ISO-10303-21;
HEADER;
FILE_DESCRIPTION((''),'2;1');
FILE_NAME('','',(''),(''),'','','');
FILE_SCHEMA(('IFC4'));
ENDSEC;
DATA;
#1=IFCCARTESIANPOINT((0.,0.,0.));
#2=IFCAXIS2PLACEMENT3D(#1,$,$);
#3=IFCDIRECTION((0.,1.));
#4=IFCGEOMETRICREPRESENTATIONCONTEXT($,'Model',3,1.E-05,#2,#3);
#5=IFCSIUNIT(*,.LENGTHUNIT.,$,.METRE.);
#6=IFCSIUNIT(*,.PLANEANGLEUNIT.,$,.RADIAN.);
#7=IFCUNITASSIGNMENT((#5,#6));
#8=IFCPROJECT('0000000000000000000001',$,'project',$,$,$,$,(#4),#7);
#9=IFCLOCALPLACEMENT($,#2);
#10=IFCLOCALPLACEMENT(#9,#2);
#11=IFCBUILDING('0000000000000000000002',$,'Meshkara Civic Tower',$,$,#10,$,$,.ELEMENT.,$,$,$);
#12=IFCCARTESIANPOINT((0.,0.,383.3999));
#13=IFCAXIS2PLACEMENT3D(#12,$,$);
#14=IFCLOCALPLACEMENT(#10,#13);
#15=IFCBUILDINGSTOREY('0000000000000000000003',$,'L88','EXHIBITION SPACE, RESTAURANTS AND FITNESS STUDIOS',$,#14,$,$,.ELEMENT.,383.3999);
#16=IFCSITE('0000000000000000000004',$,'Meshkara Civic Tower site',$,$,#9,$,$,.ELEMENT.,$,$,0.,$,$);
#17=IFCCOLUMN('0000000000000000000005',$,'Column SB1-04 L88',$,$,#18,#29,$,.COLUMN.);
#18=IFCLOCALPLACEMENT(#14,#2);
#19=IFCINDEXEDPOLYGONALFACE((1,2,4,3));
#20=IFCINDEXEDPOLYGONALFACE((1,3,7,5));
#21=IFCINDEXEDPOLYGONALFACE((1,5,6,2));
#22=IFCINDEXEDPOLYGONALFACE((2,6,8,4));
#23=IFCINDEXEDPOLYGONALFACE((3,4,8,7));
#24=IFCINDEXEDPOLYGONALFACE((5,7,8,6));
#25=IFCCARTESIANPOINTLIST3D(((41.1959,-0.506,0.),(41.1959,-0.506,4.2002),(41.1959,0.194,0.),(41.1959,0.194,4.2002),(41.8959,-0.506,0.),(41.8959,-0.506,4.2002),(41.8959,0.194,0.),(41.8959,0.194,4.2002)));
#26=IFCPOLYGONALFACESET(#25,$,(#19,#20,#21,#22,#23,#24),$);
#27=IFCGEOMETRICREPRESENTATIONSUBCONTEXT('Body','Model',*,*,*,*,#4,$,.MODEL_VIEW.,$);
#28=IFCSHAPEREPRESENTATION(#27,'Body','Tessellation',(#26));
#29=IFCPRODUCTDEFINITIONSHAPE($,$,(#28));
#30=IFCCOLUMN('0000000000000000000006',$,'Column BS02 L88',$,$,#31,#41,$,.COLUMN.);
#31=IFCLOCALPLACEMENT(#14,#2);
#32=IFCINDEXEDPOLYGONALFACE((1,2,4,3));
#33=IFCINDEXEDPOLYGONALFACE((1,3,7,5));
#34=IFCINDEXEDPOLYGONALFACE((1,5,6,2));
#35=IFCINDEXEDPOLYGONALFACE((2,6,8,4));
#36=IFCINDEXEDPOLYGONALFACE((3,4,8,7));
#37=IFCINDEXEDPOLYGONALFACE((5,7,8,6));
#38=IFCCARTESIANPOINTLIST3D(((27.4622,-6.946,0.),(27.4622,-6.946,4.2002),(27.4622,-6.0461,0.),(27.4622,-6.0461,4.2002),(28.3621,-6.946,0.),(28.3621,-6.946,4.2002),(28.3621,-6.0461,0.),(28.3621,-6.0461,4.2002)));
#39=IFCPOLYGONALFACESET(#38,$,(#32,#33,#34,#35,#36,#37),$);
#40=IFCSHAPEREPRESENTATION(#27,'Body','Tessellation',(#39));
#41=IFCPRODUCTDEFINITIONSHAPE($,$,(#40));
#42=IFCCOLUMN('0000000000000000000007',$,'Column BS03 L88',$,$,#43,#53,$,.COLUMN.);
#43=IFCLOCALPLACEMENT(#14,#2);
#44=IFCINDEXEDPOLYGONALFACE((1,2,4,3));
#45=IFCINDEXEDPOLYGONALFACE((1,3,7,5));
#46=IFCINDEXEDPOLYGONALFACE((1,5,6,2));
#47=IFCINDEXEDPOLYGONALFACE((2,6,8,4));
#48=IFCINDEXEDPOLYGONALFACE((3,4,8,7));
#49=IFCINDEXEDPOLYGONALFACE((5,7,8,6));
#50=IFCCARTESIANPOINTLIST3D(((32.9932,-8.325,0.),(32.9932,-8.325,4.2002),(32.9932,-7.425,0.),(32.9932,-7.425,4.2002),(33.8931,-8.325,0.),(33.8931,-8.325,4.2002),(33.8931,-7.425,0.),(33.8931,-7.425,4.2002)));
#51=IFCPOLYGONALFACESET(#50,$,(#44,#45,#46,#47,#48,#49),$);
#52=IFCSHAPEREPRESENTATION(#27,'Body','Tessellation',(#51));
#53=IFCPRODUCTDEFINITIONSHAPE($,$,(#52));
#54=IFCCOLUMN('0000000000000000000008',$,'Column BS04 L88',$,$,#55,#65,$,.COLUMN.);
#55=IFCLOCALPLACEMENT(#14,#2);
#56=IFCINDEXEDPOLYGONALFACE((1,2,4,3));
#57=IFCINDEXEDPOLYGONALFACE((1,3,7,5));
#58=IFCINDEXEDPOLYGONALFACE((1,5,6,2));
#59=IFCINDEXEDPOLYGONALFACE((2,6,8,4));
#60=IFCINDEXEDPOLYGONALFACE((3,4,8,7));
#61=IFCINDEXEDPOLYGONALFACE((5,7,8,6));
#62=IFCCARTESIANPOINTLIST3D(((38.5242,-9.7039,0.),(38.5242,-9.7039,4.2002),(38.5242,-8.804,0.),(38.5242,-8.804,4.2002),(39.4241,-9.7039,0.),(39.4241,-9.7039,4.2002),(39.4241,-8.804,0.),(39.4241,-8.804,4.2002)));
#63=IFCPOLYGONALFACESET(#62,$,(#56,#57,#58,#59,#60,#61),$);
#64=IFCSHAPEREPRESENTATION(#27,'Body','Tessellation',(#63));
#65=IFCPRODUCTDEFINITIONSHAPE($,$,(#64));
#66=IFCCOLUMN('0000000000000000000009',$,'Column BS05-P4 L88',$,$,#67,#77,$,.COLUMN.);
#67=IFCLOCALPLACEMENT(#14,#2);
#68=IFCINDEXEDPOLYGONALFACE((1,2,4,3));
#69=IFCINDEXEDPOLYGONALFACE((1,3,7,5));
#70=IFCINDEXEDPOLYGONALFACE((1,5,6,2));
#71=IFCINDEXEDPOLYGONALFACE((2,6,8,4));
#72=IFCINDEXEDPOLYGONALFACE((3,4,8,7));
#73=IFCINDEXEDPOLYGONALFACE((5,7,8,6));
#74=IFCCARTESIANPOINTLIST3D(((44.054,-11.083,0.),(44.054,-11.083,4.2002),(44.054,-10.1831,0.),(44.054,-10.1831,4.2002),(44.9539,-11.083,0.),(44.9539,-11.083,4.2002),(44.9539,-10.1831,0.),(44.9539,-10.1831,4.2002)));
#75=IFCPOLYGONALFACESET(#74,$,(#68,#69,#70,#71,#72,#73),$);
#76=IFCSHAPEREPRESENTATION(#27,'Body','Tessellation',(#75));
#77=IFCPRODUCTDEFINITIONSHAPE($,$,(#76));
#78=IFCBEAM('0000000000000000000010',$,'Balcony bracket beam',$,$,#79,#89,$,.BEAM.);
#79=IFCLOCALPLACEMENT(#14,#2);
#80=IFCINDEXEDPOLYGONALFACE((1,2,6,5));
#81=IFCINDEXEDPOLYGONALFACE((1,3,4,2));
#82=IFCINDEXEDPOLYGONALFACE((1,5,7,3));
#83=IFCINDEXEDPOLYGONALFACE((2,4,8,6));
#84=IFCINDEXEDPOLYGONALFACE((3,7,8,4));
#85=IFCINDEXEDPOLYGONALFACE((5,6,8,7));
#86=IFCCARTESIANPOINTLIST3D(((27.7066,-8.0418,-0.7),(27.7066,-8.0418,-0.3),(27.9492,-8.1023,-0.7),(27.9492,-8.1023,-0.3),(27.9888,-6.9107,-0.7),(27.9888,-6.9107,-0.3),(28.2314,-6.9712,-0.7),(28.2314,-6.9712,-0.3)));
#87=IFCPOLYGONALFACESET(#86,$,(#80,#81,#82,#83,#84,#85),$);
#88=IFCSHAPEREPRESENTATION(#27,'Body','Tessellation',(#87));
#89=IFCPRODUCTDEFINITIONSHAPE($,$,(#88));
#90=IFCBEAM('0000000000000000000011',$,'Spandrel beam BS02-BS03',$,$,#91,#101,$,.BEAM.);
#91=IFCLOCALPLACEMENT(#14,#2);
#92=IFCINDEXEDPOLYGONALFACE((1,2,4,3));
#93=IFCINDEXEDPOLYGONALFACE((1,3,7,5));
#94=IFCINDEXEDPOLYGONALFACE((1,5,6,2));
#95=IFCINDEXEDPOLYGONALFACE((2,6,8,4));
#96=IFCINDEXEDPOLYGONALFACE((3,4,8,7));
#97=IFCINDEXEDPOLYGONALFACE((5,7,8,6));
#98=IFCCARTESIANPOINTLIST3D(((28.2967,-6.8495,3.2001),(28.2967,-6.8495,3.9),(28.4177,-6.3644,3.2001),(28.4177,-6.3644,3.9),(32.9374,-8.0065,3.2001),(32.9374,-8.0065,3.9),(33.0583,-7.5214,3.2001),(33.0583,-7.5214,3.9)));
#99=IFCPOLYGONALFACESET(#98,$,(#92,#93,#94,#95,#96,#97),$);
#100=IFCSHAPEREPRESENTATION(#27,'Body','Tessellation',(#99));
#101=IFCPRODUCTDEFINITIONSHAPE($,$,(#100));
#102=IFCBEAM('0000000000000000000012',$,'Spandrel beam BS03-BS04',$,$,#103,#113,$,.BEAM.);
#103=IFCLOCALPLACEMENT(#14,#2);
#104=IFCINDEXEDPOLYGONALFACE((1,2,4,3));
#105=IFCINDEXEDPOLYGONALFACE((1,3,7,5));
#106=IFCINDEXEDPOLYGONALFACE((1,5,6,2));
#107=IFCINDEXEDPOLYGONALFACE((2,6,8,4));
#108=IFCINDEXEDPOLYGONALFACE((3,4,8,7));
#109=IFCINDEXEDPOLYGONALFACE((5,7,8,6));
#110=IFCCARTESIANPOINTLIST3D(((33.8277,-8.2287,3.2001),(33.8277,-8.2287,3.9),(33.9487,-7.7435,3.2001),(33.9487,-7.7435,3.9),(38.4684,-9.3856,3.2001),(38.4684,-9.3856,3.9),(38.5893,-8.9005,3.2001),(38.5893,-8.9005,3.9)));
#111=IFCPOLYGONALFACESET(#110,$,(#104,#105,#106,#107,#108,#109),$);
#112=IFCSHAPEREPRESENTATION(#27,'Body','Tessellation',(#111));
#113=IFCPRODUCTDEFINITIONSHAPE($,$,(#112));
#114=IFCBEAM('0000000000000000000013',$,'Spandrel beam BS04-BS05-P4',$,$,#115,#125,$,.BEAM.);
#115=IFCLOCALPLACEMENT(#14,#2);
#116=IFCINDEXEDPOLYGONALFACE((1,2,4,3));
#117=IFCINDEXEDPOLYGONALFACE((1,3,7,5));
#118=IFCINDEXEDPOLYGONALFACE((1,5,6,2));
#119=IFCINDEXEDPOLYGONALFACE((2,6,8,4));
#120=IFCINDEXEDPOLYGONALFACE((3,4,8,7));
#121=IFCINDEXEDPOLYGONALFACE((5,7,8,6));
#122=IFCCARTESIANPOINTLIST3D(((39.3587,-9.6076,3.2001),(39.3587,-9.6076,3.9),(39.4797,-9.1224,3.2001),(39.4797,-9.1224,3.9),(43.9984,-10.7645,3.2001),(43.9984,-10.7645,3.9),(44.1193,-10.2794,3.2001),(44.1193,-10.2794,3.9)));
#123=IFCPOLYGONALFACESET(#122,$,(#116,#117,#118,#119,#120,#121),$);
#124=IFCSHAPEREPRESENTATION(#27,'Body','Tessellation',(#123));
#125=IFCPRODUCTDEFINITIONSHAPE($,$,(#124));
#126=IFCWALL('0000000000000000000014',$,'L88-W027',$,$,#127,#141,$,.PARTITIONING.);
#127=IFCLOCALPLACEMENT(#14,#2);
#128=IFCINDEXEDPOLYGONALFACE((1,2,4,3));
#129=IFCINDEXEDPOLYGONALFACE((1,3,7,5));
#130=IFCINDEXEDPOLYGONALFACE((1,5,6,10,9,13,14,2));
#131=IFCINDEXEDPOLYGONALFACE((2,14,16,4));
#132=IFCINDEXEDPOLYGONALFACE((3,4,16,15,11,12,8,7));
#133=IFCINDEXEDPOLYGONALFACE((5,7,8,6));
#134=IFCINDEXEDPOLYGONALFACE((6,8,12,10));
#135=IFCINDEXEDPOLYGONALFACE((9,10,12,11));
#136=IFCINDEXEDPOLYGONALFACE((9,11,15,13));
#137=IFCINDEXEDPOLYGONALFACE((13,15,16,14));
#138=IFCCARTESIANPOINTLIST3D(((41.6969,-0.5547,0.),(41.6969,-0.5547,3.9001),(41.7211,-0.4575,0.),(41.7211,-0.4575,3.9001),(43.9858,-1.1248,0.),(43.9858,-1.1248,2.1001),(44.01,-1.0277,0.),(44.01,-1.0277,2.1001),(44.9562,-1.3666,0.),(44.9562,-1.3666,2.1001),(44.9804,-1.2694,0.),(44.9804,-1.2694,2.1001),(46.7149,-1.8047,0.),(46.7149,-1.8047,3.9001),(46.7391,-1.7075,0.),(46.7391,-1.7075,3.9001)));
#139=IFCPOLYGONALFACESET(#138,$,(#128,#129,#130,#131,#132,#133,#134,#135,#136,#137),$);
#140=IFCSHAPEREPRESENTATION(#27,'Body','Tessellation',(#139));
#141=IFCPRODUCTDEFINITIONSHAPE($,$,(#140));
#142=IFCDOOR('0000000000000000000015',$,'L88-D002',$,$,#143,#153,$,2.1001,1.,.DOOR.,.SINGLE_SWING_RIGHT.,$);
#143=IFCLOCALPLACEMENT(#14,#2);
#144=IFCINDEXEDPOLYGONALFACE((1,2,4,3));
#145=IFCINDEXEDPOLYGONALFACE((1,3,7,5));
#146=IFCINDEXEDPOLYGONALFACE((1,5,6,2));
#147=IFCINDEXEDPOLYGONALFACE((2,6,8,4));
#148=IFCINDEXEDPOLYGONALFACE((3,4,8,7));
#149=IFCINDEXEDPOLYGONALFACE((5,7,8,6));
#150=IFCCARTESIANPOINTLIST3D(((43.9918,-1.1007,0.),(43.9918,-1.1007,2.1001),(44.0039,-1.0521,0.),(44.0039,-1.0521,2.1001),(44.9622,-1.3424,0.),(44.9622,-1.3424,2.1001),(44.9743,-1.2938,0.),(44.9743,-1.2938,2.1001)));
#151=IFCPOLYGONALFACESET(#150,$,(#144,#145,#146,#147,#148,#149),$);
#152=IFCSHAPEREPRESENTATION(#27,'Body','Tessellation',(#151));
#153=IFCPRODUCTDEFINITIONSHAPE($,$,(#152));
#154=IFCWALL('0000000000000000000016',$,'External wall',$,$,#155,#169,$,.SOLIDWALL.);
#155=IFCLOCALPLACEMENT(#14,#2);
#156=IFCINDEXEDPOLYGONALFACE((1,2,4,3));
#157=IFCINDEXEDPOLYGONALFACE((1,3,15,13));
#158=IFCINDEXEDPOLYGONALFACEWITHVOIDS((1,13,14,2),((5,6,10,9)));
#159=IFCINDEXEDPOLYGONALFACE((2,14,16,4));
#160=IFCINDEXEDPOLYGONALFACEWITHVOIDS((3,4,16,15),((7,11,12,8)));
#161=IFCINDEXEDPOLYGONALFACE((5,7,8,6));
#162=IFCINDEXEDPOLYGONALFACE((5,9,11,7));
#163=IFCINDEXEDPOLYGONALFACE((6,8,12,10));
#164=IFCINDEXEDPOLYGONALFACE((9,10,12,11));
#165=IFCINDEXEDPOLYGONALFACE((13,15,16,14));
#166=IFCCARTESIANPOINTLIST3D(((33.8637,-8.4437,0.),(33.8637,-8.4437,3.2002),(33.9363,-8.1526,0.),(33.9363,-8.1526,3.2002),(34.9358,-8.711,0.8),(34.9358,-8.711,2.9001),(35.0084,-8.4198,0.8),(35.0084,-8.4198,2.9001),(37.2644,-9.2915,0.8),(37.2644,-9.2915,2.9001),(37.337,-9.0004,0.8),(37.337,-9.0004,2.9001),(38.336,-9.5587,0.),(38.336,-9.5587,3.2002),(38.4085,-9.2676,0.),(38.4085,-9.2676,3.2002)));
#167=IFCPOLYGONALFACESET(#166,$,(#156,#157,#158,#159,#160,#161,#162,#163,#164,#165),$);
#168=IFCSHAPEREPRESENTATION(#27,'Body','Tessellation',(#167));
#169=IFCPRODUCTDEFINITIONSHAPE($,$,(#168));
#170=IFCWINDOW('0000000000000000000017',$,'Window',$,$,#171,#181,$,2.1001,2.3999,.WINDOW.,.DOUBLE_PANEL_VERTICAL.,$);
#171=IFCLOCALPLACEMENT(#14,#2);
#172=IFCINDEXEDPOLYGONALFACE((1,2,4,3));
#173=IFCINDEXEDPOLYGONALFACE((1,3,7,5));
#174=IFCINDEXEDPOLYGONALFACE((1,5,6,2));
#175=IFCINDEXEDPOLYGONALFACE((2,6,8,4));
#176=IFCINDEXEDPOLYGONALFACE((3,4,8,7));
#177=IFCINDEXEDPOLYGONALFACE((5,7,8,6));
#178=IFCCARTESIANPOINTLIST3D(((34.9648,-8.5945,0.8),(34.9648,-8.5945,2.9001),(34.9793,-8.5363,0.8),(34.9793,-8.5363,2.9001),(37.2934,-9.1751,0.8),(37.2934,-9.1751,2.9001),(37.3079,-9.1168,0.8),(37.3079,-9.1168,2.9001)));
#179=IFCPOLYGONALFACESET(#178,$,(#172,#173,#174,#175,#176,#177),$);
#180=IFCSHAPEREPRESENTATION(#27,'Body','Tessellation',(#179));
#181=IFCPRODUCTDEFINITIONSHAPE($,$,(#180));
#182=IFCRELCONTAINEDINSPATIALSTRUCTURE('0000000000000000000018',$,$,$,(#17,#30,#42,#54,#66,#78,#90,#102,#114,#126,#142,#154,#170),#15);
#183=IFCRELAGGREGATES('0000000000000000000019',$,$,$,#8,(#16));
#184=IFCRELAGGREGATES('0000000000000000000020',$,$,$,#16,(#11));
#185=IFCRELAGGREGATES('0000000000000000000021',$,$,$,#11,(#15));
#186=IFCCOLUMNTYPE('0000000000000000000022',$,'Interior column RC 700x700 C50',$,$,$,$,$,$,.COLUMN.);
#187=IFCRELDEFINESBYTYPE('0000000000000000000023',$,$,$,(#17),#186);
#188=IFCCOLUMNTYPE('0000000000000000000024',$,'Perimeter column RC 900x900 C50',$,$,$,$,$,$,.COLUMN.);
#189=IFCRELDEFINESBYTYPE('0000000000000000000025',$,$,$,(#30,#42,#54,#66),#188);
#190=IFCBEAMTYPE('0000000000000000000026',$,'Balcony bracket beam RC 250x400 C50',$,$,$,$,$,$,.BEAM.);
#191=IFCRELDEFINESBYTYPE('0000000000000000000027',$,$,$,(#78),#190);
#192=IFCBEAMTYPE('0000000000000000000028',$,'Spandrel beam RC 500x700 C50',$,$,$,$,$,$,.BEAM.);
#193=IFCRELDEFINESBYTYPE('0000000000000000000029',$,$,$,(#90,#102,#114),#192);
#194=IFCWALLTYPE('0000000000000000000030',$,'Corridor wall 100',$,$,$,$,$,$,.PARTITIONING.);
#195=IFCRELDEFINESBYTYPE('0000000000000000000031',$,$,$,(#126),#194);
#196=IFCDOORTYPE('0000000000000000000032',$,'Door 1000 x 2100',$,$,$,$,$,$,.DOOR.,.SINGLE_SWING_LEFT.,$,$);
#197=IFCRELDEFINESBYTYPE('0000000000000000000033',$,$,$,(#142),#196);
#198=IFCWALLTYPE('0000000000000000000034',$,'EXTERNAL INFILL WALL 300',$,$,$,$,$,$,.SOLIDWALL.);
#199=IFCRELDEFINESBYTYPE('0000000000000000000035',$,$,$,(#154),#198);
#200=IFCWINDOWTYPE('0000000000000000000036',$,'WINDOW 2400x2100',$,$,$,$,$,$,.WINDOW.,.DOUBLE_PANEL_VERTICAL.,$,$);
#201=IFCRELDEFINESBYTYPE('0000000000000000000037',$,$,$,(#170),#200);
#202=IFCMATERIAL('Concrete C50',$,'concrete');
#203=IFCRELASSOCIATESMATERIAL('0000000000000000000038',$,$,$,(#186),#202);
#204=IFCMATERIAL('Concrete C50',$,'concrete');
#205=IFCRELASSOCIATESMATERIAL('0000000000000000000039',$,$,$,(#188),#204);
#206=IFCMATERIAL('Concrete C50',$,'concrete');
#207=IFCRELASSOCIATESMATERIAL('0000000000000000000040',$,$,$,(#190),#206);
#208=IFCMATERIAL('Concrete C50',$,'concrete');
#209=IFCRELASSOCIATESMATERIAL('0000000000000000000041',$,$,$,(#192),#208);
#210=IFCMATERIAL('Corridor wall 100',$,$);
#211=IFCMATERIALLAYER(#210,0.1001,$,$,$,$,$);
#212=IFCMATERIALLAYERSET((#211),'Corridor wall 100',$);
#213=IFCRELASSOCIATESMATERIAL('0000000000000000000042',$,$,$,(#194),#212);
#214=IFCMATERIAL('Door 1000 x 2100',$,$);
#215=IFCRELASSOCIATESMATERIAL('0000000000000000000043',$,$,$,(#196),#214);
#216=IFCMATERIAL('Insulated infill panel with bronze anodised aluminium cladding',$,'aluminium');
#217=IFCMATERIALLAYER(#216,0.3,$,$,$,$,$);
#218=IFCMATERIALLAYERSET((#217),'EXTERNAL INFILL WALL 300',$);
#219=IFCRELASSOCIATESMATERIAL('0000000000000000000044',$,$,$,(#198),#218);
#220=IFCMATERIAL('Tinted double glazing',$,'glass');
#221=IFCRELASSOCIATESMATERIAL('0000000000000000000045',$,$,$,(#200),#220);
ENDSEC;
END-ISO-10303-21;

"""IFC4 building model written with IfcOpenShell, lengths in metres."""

from ifc_helpers import new_model, si_unit, direction, frame, frame_2d, origin, origin_2d, place, context, subcontext, project, spatial, rectangle, extrude, material, layer, layer_set, material_profile, profile_set, type_object, element, fill, save


model = new_model("IFC4")

# Units and contexts
model_context = context("Model", 3, precision=1e-05, world=origin(), true_north=direction((0.0, 1.0)))
body_context = subcontext(model_context, "Body", "Model", "MODEL_VIEW")
ifc_project = project(units=[si_unit("LENGTHUNIT", "METRE"), si_unit("PLANEANGLEUNIT", "RADIAN")], contexts=[model_context])

# Site, building, storey
site_placement = place(None, origin())
site = spatial("IfcSite", under=ifc_project, at=site_placement, Name="Meshkara Civic Tower site", CompositionType="ELEMENT", RefElevation=0.0)
building_placement = place(site_placement, origin())
building = spatial("IfcBuilding", under=site, at=building_placement, Name="Meshkara Civic Tower", CompositionType="ELEMENT")
storey_placement = place(building_placement, frame((0.0, 0.0, 383.3999)))
storey = spatial("IfcBuildingStorey", under=building, at=storey_placement, Name="L88", Description="EXHIBITION SPACE, RESTAURANTS AND FITNESS STUDIOS", CompositionType="ELEMENT", Elevation=383.3999)

# Columns
ifc_material_1 = material(Name="Concrete C50", Category="concrete")
ifc_material_profile_1 = material_profile(ifc_material_1, rectangle(XDim=0.7, YDim=0.7, at=origin_2d()))
ifc_profile_set_1 = profile_set([ifc_material_profile_1], Name="Concrete C50")
column_type_1 = type_object("IfcColumnType", Name="Interior column RC 700x700 C50", PredefinedType="COLUMN", material=ifc_profile_set_1)
column_placement = place(storey_placement, frame((41.5459, -0.156, 0.0), z_axis=(0.0, 0.0, 1.0), x_axis=(1.0, 0.0, 0.0)))
element("IfcColumn", 1, at=column_placement, inside=storey, type_object=column_type_1, Name="Column SB1-04 L88", PredefinedType="COLUMN", context=body_context, shape_type="SweptSolid", body=[
    extrude(rectangle(XDim=0.7, YDim=0.7, at=origin_2d()), origin(), (0.0, 0.0, 1.0), 4.2002),
])
ifc_material_2 = material(Name="Concrete C50", Category="concrete")
ifc_material_profile_2 = material_profile(ifc_material_2, rectangle(XDim=0.8999, YDim=0.8999, at=origin_2d()))
ifc_profile_set_2 = profile_set([ifc_material_profile_2], Name="Concrete C50")
column_type_2 = type_object("IfcColumnType", Name="Perimeter column RC 900x900 C50", PredefinedType="COLUMN", material=ifc_profile_set_2)
for number, where, z_axis, x_axis, name in (
    (2, (27.9121, -6.4961, 0.0), (0.0, 0.0, 1.0), (1.0, 0.0, 0.0), "Column BS02 L88"),
    (3, (33.4431, -7.875, 0.0), (0.0, 0.0, 1.0), (1.0, 0.0, 0.0), "Column BS03 L88"),
    (4, (38.9741, -9.2539, 0.0), (0.0, 0.0, 1.0), (1.0, 0.0, 0.0), "Column BS04 L88"),
    (5, (44.5039, -10.6331, 0.0), (0.0, 0.0, 1.0), (1.0, 0.0, 0.0), "Column BS05-P4 L88"),
):
    element("IfcColumn", number, at=place(storey_placement, frame(where, z_axis=z_axis, x_axis=x_axis)), inside=storey, type_object=column_type_2, Name=name, PredefinedType="COLUMN", context=body_context, shape_type="SweptSolid", body=[
        extrude(rectangle(XDim=0.8999, YDim=0.8999, at=origin_2d()), origin(), (0.0, 0.0, 1.0), 4.2002),
    ])

# Beams
ifc_material_3 = material(Name="Concrete C50", Category="concrete")
ifc_material_profile_3 = material_profile(ifc_material_3, rectangle(XDim=0.25, YDim=0.3999, at=origin_2d()))
ifc_profile_set_3 = profile_set([ifc_material_profile_3], Name="Concrete C50")
beam_type_1 = type_object("IfcBeamType", Name="Balcony bracket beam RC 250x400 C50", PredefinedType="BEAM", material=ifc_profile_set_3)
beam_1_placement = place(storey_placement, frame((28.1101, -6.9409, -0.5), z_axis=(-0.242092, -0.970253, 0.0), x_axis=(0.970253, -0.242092, 0.0)))
element("IfcBeam", 6, at=beam_1_placement, inside=storey, type_object=beam_type_1, Name="Balcony bracket beam", PredefinedType="BEAM", context=body_context, shape_type="SweptSolid", body=[
    extrude(rectangle(XDim=0.25, YDim=0.3999, at=origin_2d()), origin(), (0.0, 0.0, 1.0), 1.1658),
])
ifc_material_4 = material(Name="Concrete C50", Category="concrete")
ifc_material_profile_4 = material_profile(ifc_material_4, rectangle(XDim=0.5, YDim=0.7, at=origin_2d()))
ifc_profile_set_4 = profile_set([ifc_material_profile_4], Name="Concrete C50")
beam_type_2 = type_object("IfcBeamType", Name="Spandrel beam RC 500x700 C50", PredefinedType="BEAM", material=ifc_profile_set_4)
for number, where, z_axis, x_axis, name in (
    (7, (28.3572, -6.6069, 3.55), (0.970298, -0.241911, 0.0), (0.241911, 0.970298, 0.0), "Spandrel beam BS02-BS03"),
    (8, (33.8882, -7.9861, 3.55), (0.970298, -0.241911, 0.0), (0.241911, 0.970298, 0.0), "Spandrel beam BS03-BS04"),
):
    element("IfcBeam", number, at=place(storey_placement, frame(where, z_axis=z_axis, x_axis=x_axis)), inside=storey, type_object=beam_type_2, Name=name, PredefinedType="BEAM", context=body_context, shape_type="SweptSolid", body=[
        extrude(rectangle(XDim=0.5, YDim=0.7, at=origin_2d()), origin(), (0.0, 0.0, 1.0), 4.7827),
    ])
beam_2_placement = place(storey_placement, frame((39.4192, -9.365, 3.55), z_axis=(0.970286, -0.241959, 0.0), x_axis=(0.241959, 0.970286, 0.0)))
element("IfcBeam", 9, at=beam_2_placement, inside=storey, type_object=beam_type_2, Name="Spandrel beam BS04-BS05-P4", PredefinedType="BEAM", context=body_context, shape_type="SweptSolid", body=[
    extrude(rectangle(XDim=0.5, YDim=0.7, at=origin_2d()), origin(), (0.0, 0.0, 1.0), 4.7817),
])

# Wall, opening, door
ifc_material_5 = material(Name="Corridor wall 100")
ifc_layer_1 = layer(ifc_material_5, 0.1001)
ifc_layer_set_1 = layer_set([ifc_layer_1], Name="Corridor wall 100")
wall_type_1 = type_object("IfcWallType", Name="Corridor wall 100", PredefinedType="PARTITIONING", material=ifc_layer_set_1)
wall_1_placement = place(storey_placement, frame((41.709, -0.5061, 0.0), z_axis=(0.0, 0.0, 1.0), x_axis=(0.970348, -0.241714, 0.0)))
wall_1 = element("IfcWall", 10, at=wall_1_placement, inside=storey, type_object=wall_type_1, Name="L88-W027", PredefinedType="PARTITIONING", context=body_context, shape_type="SweptSolid", body=[
    extrude(rectangle(XDim=5.1714, YDim=0.1001, at=frame_2d((2.5857, 0.0))), origin(), (0.0, 0.0, 1.0), 3.9001),
])
opening_1_placement = place(wall_1_placement, frame((2.3589, 0.0, 0.0)))
opening_1 = element("IfcOpeningElement", 11, at=opening_1_placement, cuts=wall_1, PredefinedType="OPENING", context=body_context, shape_type="SweptSolid", body=[
    extrude(rectangle(XDim=1.0, YDim=2.1001, at=frame_2d((0.5, 1.05))), frame((0.0, 0.0601, 0.0), z_axis=(0.0, -1.0, 0.0), x_axis=(1.0, 0.0, 0.0)), (0.0, 0.0, 1.0), 0.1201),
])
ifc_material_6 = material(Name="Door 1000 x 2100")
door_type_1 = type_object("IfcDoorType", Name="Door 1000 x 2100", OperationType="SINGLE_SWING_LEFT", PredefinedType="DOOR", material=ifc_material_6)
door_1_placement = place(opening_1_placement, origin())
door_1 = element("IfcDoor", 12, at=door_1_placement, inside=storey, type_object=door_type_1, Name="L88-D002", OperationType="SINGLE_SWING_RIGHT", OverallHeight=2.1001, OverallWidth=1.0, PredefinedType="DOOR", context=body_context, shape_type="SweptSolid", body=[
    extrude(rectangle(XDim=1.0, YDim=2.1001, at=frame_2d((0.5, 1.05))), frame((0.0, 0.0249, 0.0), z_axis=(0.0, -1.0, 0.0), x_axis=(1.0, 0.0, 0.0)), (0.0, 0.0, 1.0), 0.05),
])
fill(opening_1, door_1)

# Wall, opening, window
ifc_material_7 = material(Name="Insulated infill panel with bronze anodised aluminium cladding", Category="aluminium")
ifc_layer_2 = layer(ifc_material_7, 0.3)
ifc_layer_set_2 = layer_set([ifc_layer_2], Name="EXTERNAL INFILL WALL 300")
wall_type_2 = type_object("IfcWallType", Name="EXTERNAL INFILL WALL 300", PredefinedType="SOLIDWALL", material=ifc_layer_set_2)
wall_2_placement = place(storey_placement, frame((33.8999, -8.2981, 0.0), z_axis=(0.0, 0.0, 1.0), x_axis=(0.970298, -0.241912, 0.0)))
wall_2 = element("IfcWall", 13, at=wall_2_placement, inside=storey, type_object=wall_type_2, Name="External wall", PredefinedType="SOLIDWALL", context=body_context, shape_type="SweptSolid", body=[
    extrude(rectangle(XDim=4.6091, YDim=0.3, at=frame_2d((2.3047, 0.0))), origin(), (0.0, 0.0, 1.0), 3.2002),
])
opening_2_placement = place(wall_2_placement, frame((1.105, 0.0, 0.8)))
opening_2 = element("IfcOpeningElement", 14, at=opening_2_placement, cuts=wall_2, PredefinedType="OPENING", context=body_context, shape_type="SweptSolid", body=[
    extrude(rectangle(XDim=2.3999, YDim=2.1001, at=frame_2d((1.2, 1.05))), frame((0.0, 0.1599, 0.0), z_axis=(0.0, -1.0, 0.0), x_axis=(1.0, 0.0, 0.0)), (0.0, 0.0, 1.0), 0.3201),
])
ifc_material_8 = material(Name="Tinted double glazing", Category="glass")
window_type = type_object("IfcWindowType", Name="WINDOW 2400x2100", PartitioningType="DOUBLE_PANEL_VERTICAL", PredefinedType="WINDOW", material=ifc_material_8)
window_1_placement = place(opening_2_placement, origin())
window_1 = element("IfcWindow", 15, at=window_1_placement, inside=storey, type_object=window_type, Name="Window", OverallHeight=2.1001, OverallWidth=2.3999, PartitioningType="DOUBLE_PANEL_VERTICAL", PredefinedType="WINDOW", context=body_context, shape_type="SweptSolid", body=[
    extrude(rectangle(XDim=2.3999, YDim=2.1001, at=frame_2d((1.2, 1.05))), frame((0.0, 0.03, 0.0), z_axis=(0.0, -1.0, 0.0), x_axis=(1.0, 0.0, 0.0)), (0.0, 0.0, 1.0), 0.0601),
])
fill(opening_2, window_1)

save(model, "model.ifc")
